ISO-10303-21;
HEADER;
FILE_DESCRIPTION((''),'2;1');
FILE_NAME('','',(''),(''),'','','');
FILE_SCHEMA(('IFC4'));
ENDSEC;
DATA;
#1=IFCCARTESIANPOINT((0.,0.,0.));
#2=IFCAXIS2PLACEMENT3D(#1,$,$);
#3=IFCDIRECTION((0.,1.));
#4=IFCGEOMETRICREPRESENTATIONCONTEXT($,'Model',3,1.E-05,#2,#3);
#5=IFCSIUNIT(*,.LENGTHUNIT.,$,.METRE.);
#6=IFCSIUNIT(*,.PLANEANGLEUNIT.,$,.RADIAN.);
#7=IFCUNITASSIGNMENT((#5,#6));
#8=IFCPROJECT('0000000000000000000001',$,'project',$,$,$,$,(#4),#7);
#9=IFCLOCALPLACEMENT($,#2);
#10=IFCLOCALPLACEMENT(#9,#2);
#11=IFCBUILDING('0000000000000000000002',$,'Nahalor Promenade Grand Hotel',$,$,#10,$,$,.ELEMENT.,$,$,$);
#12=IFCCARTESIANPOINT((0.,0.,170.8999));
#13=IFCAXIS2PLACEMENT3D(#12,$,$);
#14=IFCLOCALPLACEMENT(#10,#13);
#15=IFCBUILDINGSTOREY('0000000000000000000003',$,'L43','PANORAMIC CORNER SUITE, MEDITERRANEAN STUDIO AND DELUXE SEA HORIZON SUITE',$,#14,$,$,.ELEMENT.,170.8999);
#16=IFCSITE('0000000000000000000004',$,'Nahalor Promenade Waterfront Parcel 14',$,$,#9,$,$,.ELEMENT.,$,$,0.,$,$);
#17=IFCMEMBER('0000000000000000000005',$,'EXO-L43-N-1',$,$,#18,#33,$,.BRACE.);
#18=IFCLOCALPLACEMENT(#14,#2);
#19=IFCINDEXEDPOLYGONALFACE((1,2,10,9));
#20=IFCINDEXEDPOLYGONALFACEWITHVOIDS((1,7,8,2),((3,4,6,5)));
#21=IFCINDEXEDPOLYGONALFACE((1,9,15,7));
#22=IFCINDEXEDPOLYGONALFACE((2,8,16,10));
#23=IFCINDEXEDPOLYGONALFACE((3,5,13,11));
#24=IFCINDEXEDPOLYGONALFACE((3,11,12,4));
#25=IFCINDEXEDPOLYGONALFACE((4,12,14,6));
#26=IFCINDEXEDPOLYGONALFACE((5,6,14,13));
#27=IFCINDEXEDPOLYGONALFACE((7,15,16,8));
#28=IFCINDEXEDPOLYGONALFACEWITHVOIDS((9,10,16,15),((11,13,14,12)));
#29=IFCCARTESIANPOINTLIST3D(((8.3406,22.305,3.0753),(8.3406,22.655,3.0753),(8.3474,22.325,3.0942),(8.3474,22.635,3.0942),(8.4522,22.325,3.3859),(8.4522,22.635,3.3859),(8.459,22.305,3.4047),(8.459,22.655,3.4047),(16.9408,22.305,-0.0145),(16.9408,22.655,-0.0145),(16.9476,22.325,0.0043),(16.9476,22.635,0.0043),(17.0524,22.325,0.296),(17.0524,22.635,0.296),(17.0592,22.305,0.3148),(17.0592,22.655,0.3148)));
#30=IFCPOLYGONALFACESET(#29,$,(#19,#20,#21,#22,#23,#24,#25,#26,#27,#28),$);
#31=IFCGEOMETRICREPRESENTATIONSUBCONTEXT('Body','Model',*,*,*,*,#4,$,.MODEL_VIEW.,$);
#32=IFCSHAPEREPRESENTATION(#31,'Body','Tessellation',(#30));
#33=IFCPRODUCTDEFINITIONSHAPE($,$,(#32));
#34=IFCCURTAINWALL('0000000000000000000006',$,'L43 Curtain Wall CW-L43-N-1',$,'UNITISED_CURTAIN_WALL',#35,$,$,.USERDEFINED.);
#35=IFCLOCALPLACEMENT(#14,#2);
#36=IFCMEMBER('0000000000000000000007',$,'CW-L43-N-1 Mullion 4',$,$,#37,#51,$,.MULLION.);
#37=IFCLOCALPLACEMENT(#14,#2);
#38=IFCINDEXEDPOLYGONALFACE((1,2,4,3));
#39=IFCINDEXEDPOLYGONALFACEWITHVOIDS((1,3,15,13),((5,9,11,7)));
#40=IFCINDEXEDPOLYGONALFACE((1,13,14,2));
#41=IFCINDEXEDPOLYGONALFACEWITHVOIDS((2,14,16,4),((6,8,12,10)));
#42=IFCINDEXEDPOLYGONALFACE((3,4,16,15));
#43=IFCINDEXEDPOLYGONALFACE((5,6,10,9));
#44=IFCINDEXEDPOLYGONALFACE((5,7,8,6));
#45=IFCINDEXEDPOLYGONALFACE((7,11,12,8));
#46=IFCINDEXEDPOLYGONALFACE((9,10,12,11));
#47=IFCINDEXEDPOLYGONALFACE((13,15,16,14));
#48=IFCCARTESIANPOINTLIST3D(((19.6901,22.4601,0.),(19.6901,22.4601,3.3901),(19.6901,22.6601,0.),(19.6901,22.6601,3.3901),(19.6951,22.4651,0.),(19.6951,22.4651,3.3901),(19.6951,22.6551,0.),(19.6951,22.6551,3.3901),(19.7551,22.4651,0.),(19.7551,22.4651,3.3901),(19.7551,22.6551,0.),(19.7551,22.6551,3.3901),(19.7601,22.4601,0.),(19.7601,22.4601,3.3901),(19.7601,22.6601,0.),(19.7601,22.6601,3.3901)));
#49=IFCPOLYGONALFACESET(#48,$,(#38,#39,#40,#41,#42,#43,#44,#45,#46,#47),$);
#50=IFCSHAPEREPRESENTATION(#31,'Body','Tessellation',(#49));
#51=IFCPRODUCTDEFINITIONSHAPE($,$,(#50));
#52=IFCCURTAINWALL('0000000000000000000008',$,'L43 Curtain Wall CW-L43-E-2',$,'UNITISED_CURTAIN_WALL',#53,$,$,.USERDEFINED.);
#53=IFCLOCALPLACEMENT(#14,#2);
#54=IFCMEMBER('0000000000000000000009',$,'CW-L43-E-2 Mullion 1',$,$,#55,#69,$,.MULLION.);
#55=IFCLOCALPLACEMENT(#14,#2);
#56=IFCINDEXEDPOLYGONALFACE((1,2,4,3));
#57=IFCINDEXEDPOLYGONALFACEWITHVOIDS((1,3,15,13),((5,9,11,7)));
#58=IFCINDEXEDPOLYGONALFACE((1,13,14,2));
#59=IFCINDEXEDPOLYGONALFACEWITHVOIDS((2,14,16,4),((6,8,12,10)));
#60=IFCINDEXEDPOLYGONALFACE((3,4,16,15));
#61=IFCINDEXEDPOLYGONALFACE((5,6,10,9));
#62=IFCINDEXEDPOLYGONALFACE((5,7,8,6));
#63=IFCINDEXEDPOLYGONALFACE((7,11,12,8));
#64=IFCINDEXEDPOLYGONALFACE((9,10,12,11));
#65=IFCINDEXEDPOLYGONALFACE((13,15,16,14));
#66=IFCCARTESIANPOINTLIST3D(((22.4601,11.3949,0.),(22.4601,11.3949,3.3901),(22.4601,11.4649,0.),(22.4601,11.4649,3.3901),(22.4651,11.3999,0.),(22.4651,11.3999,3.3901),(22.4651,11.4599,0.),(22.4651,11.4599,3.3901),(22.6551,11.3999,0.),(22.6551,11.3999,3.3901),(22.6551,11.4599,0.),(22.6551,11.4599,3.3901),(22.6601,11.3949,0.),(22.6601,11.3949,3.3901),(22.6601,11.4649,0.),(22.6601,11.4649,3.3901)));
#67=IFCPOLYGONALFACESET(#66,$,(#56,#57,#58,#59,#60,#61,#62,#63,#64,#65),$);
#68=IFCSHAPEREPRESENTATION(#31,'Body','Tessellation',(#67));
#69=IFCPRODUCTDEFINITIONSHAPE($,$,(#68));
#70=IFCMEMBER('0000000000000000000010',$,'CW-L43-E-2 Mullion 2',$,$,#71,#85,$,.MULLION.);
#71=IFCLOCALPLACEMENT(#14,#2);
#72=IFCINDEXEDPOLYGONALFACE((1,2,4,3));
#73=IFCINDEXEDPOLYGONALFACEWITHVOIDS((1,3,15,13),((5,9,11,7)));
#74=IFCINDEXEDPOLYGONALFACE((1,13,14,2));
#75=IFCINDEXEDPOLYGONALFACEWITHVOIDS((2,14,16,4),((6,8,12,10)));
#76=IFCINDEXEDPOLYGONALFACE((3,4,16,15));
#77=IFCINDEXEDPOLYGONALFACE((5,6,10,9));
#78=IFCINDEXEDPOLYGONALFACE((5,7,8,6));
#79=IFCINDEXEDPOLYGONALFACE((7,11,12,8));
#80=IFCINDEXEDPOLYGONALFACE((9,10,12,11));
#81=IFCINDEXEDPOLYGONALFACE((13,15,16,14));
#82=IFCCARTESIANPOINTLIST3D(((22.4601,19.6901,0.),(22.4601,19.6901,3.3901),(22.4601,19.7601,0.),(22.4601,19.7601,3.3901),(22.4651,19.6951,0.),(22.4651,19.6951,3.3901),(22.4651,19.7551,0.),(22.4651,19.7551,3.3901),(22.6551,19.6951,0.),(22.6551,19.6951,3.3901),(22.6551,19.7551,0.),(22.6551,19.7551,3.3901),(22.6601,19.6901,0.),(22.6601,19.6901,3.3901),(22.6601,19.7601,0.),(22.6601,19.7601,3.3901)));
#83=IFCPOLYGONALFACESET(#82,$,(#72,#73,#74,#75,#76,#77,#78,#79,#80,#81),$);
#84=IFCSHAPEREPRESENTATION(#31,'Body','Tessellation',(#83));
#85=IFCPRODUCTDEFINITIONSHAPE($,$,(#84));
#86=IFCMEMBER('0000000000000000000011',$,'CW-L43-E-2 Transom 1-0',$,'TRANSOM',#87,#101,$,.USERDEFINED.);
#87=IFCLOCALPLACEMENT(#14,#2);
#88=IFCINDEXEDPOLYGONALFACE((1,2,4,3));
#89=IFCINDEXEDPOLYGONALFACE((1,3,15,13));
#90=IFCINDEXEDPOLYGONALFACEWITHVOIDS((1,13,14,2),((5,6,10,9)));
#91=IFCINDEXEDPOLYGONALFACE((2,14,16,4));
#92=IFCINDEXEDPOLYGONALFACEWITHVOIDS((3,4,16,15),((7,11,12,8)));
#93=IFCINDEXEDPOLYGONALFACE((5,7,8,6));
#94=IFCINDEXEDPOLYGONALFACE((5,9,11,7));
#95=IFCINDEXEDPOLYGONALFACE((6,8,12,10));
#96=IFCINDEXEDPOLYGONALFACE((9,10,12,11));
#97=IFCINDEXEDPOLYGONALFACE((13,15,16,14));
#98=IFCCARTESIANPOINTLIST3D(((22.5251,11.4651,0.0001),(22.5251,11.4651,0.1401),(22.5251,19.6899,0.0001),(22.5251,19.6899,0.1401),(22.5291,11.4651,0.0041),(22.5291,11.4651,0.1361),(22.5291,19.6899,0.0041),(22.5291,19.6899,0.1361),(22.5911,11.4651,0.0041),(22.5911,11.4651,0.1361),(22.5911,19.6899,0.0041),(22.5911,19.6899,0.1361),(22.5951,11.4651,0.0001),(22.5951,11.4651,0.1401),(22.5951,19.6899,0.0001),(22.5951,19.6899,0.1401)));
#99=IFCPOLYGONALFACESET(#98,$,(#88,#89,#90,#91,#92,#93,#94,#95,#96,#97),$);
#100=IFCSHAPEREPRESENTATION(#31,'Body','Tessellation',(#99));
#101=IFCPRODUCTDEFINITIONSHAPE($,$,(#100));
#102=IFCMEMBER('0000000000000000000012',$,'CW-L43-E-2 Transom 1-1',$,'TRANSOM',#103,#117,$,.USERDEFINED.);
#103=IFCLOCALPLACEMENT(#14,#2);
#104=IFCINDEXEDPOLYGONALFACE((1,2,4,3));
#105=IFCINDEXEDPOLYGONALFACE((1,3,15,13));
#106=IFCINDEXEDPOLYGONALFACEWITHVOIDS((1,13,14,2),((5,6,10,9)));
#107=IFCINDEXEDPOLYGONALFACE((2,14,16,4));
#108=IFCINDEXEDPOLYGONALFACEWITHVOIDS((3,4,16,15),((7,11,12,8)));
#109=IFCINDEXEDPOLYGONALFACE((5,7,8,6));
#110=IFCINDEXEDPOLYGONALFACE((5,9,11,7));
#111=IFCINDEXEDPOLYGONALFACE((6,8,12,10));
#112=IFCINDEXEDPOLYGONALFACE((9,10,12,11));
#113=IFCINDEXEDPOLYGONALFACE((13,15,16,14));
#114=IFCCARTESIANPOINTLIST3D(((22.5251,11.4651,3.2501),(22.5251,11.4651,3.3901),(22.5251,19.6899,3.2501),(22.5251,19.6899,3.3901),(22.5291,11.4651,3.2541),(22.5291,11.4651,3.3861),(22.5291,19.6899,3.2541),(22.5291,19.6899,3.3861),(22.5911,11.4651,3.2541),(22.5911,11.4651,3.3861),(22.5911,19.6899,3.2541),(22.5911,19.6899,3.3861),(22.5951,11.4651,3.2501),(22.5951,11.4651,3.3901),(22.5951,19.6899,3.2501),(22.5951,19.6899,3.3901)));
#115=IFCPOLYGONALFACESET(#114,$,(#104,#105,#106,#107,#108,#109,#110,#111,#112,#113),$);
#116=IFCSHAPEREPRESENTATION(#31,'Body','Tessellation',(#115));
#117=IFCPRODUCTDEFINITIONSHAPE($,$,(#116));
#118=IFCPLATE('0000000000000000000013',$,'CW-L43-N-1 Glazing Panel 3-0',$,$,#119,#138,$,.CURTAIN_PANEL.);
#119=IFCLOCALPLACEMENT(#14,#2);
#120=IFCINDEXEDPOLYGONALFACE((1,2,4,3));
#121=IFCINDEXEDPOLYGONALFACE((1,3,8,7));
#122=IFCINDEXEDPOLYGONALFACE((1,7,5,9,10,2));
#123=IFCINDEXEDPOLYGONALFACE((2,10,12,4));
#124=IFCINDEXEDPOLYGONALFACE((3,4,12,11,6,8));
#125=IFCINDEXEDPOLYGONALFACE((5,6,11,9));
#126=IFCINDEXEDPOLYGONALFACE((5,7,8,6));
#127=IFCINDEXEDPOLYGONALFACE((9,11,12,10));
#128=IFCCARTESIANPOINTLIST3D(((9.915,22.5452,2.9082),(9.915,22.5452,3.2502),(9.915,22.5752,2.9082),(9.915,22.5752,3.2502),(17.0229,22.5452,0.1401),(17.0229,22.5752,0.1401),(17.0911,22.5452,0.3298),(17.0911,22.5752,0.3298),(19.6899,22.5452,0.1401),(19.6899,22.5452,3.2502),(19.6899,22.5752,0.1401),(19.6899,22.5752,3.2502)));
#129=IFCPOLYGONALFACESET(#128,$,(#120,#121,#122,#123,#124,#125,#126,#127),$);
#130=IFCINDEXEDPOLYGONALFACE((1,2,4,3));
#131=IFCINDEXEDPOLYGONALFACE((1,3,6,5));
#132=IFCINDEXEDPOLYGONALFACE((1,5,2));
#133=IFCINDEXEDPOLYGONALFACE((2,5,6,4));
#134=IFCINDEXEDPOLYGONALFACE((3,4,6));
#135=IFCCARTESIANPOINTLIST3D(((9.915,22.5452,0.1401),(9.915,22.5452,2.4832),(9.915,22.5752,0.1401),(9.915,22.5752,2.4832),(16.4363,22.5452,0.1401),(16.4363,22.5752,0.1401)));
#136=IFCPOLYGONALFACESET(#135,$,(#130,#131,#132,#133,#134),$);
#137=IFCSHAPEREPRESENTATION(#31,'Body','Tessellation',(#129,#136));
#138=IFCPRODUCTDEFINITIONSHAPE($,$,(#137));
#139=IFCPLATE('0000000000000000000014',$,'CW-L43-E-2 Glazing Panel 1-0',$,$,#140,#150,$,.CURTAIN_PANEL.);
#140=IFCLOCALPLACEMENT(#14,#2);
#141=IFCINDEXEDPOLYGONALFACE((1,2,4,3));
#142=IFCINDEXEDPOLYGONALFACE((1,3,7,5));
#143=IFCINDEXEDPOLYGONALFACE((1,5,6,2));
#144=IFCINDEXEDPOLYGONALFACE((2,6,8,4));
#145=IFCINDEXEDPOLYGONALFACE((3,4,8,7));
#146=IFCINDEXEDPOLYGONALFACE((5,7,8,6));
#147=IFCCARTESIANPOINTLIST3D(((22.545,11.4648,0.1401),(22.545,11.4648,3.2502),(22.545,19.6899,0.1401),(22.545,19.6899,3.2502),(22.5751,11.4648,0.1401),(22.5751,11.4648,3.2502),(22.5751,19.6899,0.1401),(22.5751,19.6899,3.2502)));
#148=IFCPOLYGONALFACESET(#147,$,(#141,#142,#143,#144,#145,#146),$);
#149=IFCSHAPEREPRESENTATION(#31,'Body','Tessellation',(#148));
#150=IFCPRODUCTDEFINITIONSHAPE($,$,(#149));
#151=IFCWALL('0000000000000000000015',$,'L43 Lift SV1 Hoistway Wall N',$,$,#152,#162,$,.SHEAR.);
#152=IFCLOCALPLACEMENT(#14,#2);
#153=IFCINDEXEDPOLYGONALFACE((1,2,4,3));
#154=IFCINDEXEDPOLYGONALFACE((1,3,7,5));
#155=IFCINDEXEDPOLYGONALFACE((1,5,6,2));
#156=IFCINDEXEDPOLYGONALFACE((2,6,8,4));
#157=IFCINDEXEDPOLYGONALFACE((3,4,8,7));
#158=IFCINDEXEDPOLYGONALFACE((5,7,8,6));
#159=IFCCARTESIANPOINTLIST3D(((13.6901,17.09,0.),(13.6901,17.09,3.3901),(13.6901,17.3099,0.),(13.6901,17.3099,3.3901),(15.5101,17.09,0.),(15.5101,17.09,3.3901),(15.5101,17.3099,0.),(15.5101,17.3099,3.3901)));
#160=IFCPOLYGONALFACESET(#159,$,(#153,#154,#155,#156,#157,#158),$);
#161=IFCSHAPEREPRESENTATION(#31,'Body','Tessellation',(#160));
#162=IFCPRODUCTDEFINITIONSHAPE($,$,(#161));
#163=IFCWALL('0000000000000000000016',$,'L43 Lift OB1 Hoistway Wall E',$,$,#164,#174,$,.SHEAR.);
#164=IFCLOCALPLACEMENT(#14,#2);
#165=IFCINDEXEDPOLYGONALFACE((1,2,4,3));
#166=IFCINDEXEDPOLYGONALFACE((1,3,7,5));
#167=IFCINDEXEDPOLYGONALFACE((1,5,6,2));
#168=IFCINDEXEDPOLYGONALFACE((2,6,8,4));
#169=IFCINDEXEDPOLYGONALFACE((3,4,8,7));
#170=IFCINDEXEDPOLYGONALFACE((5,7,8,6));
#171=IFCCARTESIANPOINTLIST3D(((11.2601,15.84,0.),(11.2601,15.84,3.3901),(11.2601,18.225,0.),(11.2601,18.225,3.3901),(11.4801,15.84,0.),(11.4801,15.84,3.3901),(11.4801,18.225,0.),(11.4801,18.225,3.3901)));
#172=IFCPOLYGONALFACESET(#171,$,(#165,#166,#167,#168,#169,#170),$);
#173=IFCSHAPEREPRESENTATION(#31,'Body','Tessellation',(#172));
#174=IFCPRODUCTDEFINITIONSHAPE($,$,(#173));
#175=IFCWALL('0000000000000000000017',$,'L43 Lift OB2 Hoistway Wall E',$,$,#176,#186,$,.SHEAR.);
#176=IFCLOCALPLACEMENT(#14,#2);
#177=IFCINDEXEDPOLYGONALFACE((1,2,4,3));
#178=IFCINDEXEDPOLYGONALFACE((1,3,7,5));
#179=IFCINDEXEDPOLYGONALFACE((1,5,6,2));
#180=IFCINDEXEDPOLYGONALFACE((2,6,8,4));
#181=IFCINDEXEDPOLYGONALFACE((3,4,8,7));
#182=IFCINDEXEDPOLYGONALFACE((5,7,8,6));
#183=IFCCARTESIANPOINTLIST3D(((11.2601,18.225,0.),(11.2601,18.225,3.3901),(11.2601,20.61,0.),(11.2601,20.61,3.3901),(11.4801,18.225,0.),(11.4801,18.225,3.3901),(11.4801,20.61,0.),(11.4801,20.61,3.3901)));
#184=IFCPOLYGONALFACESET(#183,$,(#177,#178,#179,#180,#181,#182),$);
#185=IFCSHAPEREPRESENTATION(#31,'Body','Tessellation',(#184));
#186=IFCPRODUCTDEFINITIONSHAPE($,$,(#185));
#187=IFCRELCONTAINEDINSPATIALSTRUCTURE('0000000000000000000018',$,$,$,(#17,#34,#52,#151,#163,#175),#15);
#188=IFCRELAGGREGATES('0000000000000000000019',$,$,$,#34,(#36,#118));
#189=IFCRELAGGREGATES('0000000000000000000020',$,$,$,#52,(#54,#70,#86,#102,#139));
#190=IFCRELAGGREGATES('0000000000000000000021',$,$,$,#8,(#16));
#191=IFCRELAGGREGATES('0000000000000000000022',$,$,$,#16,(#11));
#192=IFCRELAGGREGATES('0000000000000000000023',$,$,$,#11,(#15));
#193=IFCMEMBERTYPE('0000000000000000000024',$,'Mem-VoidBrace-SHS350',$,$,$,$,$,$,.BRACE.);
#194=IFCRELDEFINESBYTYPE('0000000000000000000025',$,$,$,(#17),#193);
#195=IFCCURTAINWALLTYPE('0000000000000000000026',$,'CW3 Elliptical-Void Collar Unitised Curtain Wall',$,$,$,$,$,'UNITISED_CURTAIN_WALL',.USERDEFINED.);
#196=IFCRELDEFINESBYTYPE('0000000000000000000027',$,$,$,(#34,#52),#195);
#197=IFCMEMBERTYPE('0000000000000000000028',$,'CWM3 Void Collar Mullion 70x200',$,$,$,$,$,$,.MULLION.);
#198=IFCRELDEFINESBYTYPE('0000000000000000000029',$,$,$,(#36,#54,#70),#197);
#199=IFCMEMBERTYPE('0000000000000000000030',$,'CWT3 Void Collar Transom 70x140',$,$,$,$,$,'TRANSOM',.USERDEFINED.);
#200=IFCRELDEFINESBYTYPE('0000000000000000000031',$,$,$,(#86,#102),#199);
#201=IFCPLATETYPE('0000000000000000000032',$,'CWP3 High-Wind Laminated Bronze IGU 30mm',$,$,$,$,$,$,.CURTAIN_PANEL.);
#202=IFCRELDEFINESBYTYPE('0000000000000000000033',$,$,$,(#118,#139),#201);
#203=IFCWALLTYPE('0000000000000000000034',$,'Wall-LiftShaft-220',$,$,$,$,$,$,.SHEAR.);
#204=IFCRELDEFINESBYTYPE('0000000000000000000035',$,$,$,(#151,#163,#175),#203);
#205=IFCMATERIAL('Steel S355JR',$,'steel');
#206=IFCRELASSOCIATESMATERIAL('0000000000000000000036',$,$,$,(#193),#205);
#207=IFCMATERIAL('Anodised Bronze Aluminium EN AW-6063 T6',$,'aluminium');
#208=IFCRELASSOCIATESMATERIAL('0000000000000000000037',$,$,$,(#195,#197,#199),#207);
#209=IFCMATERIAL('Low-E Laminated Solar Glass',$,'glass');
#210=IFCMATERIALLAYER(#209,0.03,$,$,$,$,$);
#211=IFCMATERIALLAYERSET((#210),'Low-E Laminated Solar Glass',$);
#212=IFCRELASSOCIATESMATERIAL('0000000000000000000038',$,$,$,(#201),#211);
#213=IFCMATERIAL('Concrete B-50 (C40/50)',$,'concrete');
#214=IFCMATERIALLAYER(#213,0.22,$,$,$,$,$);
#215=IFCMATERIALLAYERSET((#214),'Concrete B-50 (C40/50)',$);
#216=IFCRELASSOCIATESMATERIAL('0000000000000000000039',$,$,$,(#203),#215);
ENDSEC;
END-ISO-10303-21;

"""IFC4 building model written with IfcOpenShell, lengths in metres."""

from ifc_helpers import new_model, si_unit, direction, frame, frame_2d, origin, origin_2d, place, context, subcontext, project, spatial, polyline, rectangle, hollow_rectangle, outline, extrude, source, transform, mapped, material, layer, layer_set, material_profile, profile_set, type_object, element, aggregate, save


model = new_model("IFC4")

# Units and contexts
model_context = context("Model", 3, precision=1e-05, world=origin(), true_north=direction((0.0, 1.0)))
body_context = subcontext(model_context, "Body", "Model", "MODEL_VIEW")
ifc_project = project(units=[si_unit("LENGTHUNIT", "METRE"), si_unit("PLANEANGLEUNIT", "RADIAN")], contexts=[model_context])

# Site, building, storey
site_placement = place(None, origin())
site = spatial("IfcSite", under=ifc_project, at=site_placement, Name="Nahalor Promenade Waterfront Parcel 14", CompositionType="ELEMENT", RefElevation=0.0)
building_placement = place(site_placement, origin())
building = spatial("IfcBuilding", under=site, at=building_placement, Name="Nahalor Promenade Grand Hotel", CompositionType="ELEMENT")
storey_placement = place(building_placement, frame((0.0, 0.0, 170.8999)))
storey = spatial("IfcBuildingStorey", under=building, at=storey_placement, Name="L43", Description="PANORAMIC CORNER SUITE, MEDITERRANEAN STUDIO AND DELUXE SEA HORIZON SUITE", CompositionType="ELEMENT", Elevation=170.8999)

# Shared definitions
ifc_material_1 = material(Name="Steel S355JR", Category="steel")

# Member
ifc_material_profile_1 = material_profile(ifc_material_1, hollow_rectangle(XDim=0.35, YDim=0.35, WallThickness=0.02, at=origin_2d()), Name="SHS 350x350x20")
ifc_profile_set_1 = profile_set([ifc_material_profile_1], Name="Steel S355JR")
member_type_1 = type_object("IfcMemberType", Name="Mem-VoidBrace-SHS350", PredefinedType="BRACE", material=ifc_profile_set_1)
shared_shape_1 = source(origin(), body_context, "Body", "SweptSolid", [
    extrude(hollow_rectangle(XDim=0.35, YDim=0.35, WallThickness=0.02, at=origin_2d()), origin(), (0.0, 0.0, 1.0), 9.1384),
])
member_1_placement = place(storey_placement, frame((17.0, 22.48, 0.1501), z_axis=(-0.941103, 0.0, 0.33812), x_axis=(0.0, -1.0, 0.0)))
element("IfcMember", 1, at=member_1_placement, inside=storey, type_object=member_type_1, Name="EXO-L43-N-1", PredefinedType="BRACE", context=body_context, shape_type="MappedRepresentation", body=[
    mapped(shared_shape_1, transform((0.0, 0.0, 0.0), scale=1.0)),
])

# Curtain wall, member
ifc_material_2 = material(Name="Anodised Bronze Aluminium EN AW-6063 T6", Category="aluminium")
curtain_wall_type = type_object("IfcCurtainWallType", Name="CW3 Elliptical-Void Collar Unitised Curtain Wall", ElementType="UNITISED_CURTAIN_WALL", PredefinedType="USERDEFINED", material=ifc_material_2)
curtain_wall_1_placement = place(storey_placement, origin())
curtain_wall_1 = element("IfcCurtainWall", 2, at=curtain_wall_1_placement, inside=storey, type_object=curtain_wall_type, Name="L43 Curtain Wall CW-L43-N-1", ObjectType="UNITISED_CURTAIN_WALL", PredefinedType="USERDEFINED")
ifc_material_profile_2 = material_profile(ifc_material_2, hollow_rectangle(XDim=0.07, YDim=0.2, WallThickness=0.005, at=origin_2d()), Name="CWM 70x200x5")
ifc_profile_set_2 = profile_set([ifc_material_profile_2], Name="Anodised Bronze Aluminium EN AW-6063 T6")
member_type_2 = type_object("IfcMemberType", Name="CWM3 Void Collar Mullion 70x200", PredefinedType="MULLION", material=ifc_profile_set_2)
shared_shape_2 = source(origin(), body_context, "Body", "SweptSolid", [
    extrude(hollow_rectangle(XDim=0.07, YDim=0.2, WallThickness=0.005, at=origin_2d()), origin(), (0.0, 0.0, 1.0), 3.3901),
])
member_2_placement = place(storey_placement, frame((19.7251, 22.5601, 0.0), z_axis=(0.0, 0.0, 1.0), x_axis=(1.0, 0.0, 0.0)))
member_2 = element("IfcMember", 3, at=member_2_placement, type_object=member_type_2, Name="CW-L43-N-1 Mullion 4", PredefinedType="MULLION", context=body_context, shape_type="MappedRepresentation", body=[
    mapped(shared_shape_2, transform((0.0, 0.0, 0.0), scale=1.0)),
])

# Curtain wall, members
curtain_wall_2_placement = place(storey_placement, origin())
curtain_wall_2 = element("IfcCurtainWall", 4, at=curtain_wall_2_placement, inside=storey, type_object=curtain_wall_type, Name="L43 Curtain Wall CW-L43-E-2", ObjectType="UNITISED_CURTAIN_WALL", PredefinedType="USERDEFINED")
member_3_placement = place(storey_placement, frame((22.5601, 11.4299, 0.0), z_axis=(0.0, 0.0, 1.0), x_axis=(0.0, 1.0, 0.0)))
member_3 = element("IfcMember", 5, at=member_3_placement, type_object=member_type_2, Name="CW-L43-E-2 Mullion 1", PredefinedType="MULLION", context=body_context, shape_type="MappedRepresentation", body=[
    mapped(shared_shape_2, transform((0.0, 0.0, 0.0), scale=1.0)),
])
member_4_placement = place(storey_placement, frame((22.5601, 19.7251, 0.0), z_axis=(0.0, 0.0, 1.0), x_axis=(0.0, 1.0, 0.0)))
member_4 = element("IfcMember", 6, at=member_4_placement, type_object=member_type_2, Name="CW-L43-E-2 Mullion 2", PredefinedType="MULLION", context=body_context, shape_type="MappedRepresentation", body=[
    mapped(shared_shape_2, transform((0.0, 0.0, 0.0), scale=1.0)),
])
ifc_material_profile_3 = material_profile(ifc_material_2, hollow_rectangle(XDim=0.07, YDim=0.14, WallThickness=0.004, at=origin_2d()), Name="CWT 70x140x4")
ifc_profile_set_3 = profile_set([ifc_material_profile_3], Name="Anodised Bronze Aluminium EN AW-6063 T6")
member_type_3 = type_object("IfcMemberType", Name="CWT3 Void Collar Transom 70x140", ElementType="TRANSOM", PredefinedType="USERDEFINED", material=ifc_profile_set_3)
shared_shape_3 = source(origin(), body_context, "Body", "SweptSolid", [
    extrude(hollow_rectangle(XDim=0.07, YDim=0.14, WallThickness=0.004, at=origin_2d()), origin(), (0.0, 0.0, 1.0), 8.2249),
])
member_5_placement = place(storey_placement, frame((22.5601, 11.4651, 0.0701), z_axis=(0.0, 1.0, 0.0), x_axis=(-1.0, 0.0, 0.0)))
member_5 = element("IfcMember", 7, at=member_5_placement, type_object=member_type_3, Name="CW-L43-E-2 Transom 1-0", ObjectType="TRANSOM", PredefinedType="USERDEFINED", context=body_context, shape_type="MappedRepresentation", body=[
    mapped(shared_shape_3, transform((0.0, 0.0, 0.0), scale=1.0)),
])
member_6_placement = place(storey_placement, frame((22.5601, 11.4651, 3.3201), z_axis=(0.0, 1.0, 0.0), x_axis=(-1.0, 0.0, 0.0)))
member_6 = element("IfcMember", 8, at=member_6_placement, type_object=member_type_3, Name="CW-L43-E-2 Transom 1-1", ObjectType="TRANSOM", PredefinedType="USERDEFINED", context=body_context, shape_type="MappedRepresentation", body=[
    mapped(shared_shape_3, transform((0.0, 0.0, 0.0), scale=1.0)),
])

# Plates
ifc_material_3 = material(Name="Low-E Laminated Solar Glass", Category="glass")
ifc_layer_1 = layer(ifc_material_3, 0.03)
ifc_layer_set_1 = layer_set([ifc_layer_1], Name="Low-E Laminated Solar Glass")
plate_type = type_object("IfcPlateType", Name="CWP3 High-Wind Laminated Bronze IGU 30mm", PredefinedType="CURTAIN_PANEL", material=ifc_layer_set_1)
plate_1_placement = place(storey_placement, frame((14.8025, 22.5601, 0.1401), z_axis=(0.0, 0.0, 1.0), x_axis=(1.0, 0.0, 0.0)))
plate_1 = element("IfcPlate", 9, at=plate_1_placement, type_object=plate_type, Name="CW-L43-N-1 Glazing Panel 3-0", PredefinedType="CURTAIN_PANEL", context=body_context, shape_type="SweptSolid", body=[
    extrude(outline(polyline([(4.8875, 3.1101), (-4.8875, 3.1101), (-4.8875, 2.7681), (2.2886, 0.1897), (2.2205, 0.0), (4.8875, 0.0), (4.8875, 3.1101)])), frame((0.0, 0.0151, 0.0), z_axis=(0.0, -1.0, 0.0), x_axis=(1.0, 0.0, 0.0)), (0.0, 0.0, 1.0), 0.03),
    extrude(outline(polyline([(-4.8875, 2.343), (-4.8875, 0.0), (1.6338, 0.0), (-4.8875, 2.343)])), frame((0.0, 0.0151, 0.0), z_axis=(0.0, -1.0, 0.0), x_axis=(1.0, 0.0, 0.0)), (0.0, 0.0, 1.0), 0.03),
])
aggregate(curtain_wall_1, [member_2, plate_1])
shared_shape_4 = source(origin(), body_context, "Body", "SweptSolid", [
    extrude(rectangle(XDim=8.2251, YDim=0.03, at=origin_2d()), origin(), (0.0, 0.0, 1.0), 3.1101),
])
plate_2_placement = place(storey_placement, frame((22.5601, 15.5774, 0.1401), z_axis=(0.0, 0.0, 1.0), x_axis=(0.0, 1.0, 0.0)))
plate_2 = element("IfcPlate", 10, at=plate_2_placement, type_object=plate_type, Name="CW-L43-E-2 Glazing Panel 1-0", PredefinedType="CURTAIN_PANEL", context=body_context, shape_type="MappedRepresentation", body=[
    mapped(shared_shape_4, transform((0.0, 0.0, 0.0), scale=1.0)),
])
aggregate(curtain_wall_2, [member_3, member_4, member_5, member_6, plate_2])

# Walls
ifc_material_4 = material(Name="Concrete B-50 (C40/50)", Category="concrete")
ifc_layer_2 = layer(ifc_material_4, 0.22)
ifc_layer_set_2 = layer_set([ifc_layer_2], Name="Concrete B-50 (C40/50)")
wall_type_1 = type_object("IfcWallType", Name="Wall-LiftShaft-220", PredefinedType="SHEAR", material=ifc_layer_set_2)
shared_shape_5 = source(origin(), body_context, "Body", "SweptSolid", [
    extrude(rectangle(XDim=1.8201, YDim=0.22, at=frame_2d((0.9102, 0.0))), origin(), (0.0, 0.0, 1.0), 3.3901),
])
wall_1_placement = place(storey_placement, frame((13.6899, 17.2, 0.0), z_axis=(0.0, 0.0, 1.0), x_axis=(1.0, 0.0, 0.0)))
element("IfcWall", 11, at=wall_1_placement, inside=storey, type_object=wall_type_1, Name="L43 Lift SV1 Hoistway Wall N", PredefinedType="SHEAR", context=body_context, shape_type="MappedRepresentation", body=[
    mapped(shared_shape_5, transform((0.0, 0.0, 0.0), scale=1.0)),
])
shared_shape_6 = source(origin(), body_context, "Body", "SweptSolid", [
    extrude(rectangle(XDim=2.385, YDim=0.22, at=frame_2d((1.1924, 0.0))), origin(), (0.0, 0.0, 1.0), 3.3901),
])
for number, where, z_axis, x_axis, name in (
    (12, (11.3701, 15.8401, 0.0), (0.0, 0.0, 1.0), (0.0, 1.0, 0.0), "L43 Lift OB1 Hoistway Wall E"),
    (13, (11.3701, 18.2251, 0.0), (0.0, 0.0, 1.0), (0.0, 1.0, 0.0), "L43 Lift OB2 Hoistway Wall E"),
):
    element("IfcWall", number, at=place(storey_placement, frame(where, z_axis=z_axis, x_axis=x_axis)), inside=storey, type_object=wall_type_1, Name=name, PredefinedType="SHEAR", context=body_context, shape_type="MappedRepresentation", body=[
        mapped(shared_shape_6, transform((0.0, 0.0, 0.0), scale=1.0)),
    ])

save(model, "model.ifc")
